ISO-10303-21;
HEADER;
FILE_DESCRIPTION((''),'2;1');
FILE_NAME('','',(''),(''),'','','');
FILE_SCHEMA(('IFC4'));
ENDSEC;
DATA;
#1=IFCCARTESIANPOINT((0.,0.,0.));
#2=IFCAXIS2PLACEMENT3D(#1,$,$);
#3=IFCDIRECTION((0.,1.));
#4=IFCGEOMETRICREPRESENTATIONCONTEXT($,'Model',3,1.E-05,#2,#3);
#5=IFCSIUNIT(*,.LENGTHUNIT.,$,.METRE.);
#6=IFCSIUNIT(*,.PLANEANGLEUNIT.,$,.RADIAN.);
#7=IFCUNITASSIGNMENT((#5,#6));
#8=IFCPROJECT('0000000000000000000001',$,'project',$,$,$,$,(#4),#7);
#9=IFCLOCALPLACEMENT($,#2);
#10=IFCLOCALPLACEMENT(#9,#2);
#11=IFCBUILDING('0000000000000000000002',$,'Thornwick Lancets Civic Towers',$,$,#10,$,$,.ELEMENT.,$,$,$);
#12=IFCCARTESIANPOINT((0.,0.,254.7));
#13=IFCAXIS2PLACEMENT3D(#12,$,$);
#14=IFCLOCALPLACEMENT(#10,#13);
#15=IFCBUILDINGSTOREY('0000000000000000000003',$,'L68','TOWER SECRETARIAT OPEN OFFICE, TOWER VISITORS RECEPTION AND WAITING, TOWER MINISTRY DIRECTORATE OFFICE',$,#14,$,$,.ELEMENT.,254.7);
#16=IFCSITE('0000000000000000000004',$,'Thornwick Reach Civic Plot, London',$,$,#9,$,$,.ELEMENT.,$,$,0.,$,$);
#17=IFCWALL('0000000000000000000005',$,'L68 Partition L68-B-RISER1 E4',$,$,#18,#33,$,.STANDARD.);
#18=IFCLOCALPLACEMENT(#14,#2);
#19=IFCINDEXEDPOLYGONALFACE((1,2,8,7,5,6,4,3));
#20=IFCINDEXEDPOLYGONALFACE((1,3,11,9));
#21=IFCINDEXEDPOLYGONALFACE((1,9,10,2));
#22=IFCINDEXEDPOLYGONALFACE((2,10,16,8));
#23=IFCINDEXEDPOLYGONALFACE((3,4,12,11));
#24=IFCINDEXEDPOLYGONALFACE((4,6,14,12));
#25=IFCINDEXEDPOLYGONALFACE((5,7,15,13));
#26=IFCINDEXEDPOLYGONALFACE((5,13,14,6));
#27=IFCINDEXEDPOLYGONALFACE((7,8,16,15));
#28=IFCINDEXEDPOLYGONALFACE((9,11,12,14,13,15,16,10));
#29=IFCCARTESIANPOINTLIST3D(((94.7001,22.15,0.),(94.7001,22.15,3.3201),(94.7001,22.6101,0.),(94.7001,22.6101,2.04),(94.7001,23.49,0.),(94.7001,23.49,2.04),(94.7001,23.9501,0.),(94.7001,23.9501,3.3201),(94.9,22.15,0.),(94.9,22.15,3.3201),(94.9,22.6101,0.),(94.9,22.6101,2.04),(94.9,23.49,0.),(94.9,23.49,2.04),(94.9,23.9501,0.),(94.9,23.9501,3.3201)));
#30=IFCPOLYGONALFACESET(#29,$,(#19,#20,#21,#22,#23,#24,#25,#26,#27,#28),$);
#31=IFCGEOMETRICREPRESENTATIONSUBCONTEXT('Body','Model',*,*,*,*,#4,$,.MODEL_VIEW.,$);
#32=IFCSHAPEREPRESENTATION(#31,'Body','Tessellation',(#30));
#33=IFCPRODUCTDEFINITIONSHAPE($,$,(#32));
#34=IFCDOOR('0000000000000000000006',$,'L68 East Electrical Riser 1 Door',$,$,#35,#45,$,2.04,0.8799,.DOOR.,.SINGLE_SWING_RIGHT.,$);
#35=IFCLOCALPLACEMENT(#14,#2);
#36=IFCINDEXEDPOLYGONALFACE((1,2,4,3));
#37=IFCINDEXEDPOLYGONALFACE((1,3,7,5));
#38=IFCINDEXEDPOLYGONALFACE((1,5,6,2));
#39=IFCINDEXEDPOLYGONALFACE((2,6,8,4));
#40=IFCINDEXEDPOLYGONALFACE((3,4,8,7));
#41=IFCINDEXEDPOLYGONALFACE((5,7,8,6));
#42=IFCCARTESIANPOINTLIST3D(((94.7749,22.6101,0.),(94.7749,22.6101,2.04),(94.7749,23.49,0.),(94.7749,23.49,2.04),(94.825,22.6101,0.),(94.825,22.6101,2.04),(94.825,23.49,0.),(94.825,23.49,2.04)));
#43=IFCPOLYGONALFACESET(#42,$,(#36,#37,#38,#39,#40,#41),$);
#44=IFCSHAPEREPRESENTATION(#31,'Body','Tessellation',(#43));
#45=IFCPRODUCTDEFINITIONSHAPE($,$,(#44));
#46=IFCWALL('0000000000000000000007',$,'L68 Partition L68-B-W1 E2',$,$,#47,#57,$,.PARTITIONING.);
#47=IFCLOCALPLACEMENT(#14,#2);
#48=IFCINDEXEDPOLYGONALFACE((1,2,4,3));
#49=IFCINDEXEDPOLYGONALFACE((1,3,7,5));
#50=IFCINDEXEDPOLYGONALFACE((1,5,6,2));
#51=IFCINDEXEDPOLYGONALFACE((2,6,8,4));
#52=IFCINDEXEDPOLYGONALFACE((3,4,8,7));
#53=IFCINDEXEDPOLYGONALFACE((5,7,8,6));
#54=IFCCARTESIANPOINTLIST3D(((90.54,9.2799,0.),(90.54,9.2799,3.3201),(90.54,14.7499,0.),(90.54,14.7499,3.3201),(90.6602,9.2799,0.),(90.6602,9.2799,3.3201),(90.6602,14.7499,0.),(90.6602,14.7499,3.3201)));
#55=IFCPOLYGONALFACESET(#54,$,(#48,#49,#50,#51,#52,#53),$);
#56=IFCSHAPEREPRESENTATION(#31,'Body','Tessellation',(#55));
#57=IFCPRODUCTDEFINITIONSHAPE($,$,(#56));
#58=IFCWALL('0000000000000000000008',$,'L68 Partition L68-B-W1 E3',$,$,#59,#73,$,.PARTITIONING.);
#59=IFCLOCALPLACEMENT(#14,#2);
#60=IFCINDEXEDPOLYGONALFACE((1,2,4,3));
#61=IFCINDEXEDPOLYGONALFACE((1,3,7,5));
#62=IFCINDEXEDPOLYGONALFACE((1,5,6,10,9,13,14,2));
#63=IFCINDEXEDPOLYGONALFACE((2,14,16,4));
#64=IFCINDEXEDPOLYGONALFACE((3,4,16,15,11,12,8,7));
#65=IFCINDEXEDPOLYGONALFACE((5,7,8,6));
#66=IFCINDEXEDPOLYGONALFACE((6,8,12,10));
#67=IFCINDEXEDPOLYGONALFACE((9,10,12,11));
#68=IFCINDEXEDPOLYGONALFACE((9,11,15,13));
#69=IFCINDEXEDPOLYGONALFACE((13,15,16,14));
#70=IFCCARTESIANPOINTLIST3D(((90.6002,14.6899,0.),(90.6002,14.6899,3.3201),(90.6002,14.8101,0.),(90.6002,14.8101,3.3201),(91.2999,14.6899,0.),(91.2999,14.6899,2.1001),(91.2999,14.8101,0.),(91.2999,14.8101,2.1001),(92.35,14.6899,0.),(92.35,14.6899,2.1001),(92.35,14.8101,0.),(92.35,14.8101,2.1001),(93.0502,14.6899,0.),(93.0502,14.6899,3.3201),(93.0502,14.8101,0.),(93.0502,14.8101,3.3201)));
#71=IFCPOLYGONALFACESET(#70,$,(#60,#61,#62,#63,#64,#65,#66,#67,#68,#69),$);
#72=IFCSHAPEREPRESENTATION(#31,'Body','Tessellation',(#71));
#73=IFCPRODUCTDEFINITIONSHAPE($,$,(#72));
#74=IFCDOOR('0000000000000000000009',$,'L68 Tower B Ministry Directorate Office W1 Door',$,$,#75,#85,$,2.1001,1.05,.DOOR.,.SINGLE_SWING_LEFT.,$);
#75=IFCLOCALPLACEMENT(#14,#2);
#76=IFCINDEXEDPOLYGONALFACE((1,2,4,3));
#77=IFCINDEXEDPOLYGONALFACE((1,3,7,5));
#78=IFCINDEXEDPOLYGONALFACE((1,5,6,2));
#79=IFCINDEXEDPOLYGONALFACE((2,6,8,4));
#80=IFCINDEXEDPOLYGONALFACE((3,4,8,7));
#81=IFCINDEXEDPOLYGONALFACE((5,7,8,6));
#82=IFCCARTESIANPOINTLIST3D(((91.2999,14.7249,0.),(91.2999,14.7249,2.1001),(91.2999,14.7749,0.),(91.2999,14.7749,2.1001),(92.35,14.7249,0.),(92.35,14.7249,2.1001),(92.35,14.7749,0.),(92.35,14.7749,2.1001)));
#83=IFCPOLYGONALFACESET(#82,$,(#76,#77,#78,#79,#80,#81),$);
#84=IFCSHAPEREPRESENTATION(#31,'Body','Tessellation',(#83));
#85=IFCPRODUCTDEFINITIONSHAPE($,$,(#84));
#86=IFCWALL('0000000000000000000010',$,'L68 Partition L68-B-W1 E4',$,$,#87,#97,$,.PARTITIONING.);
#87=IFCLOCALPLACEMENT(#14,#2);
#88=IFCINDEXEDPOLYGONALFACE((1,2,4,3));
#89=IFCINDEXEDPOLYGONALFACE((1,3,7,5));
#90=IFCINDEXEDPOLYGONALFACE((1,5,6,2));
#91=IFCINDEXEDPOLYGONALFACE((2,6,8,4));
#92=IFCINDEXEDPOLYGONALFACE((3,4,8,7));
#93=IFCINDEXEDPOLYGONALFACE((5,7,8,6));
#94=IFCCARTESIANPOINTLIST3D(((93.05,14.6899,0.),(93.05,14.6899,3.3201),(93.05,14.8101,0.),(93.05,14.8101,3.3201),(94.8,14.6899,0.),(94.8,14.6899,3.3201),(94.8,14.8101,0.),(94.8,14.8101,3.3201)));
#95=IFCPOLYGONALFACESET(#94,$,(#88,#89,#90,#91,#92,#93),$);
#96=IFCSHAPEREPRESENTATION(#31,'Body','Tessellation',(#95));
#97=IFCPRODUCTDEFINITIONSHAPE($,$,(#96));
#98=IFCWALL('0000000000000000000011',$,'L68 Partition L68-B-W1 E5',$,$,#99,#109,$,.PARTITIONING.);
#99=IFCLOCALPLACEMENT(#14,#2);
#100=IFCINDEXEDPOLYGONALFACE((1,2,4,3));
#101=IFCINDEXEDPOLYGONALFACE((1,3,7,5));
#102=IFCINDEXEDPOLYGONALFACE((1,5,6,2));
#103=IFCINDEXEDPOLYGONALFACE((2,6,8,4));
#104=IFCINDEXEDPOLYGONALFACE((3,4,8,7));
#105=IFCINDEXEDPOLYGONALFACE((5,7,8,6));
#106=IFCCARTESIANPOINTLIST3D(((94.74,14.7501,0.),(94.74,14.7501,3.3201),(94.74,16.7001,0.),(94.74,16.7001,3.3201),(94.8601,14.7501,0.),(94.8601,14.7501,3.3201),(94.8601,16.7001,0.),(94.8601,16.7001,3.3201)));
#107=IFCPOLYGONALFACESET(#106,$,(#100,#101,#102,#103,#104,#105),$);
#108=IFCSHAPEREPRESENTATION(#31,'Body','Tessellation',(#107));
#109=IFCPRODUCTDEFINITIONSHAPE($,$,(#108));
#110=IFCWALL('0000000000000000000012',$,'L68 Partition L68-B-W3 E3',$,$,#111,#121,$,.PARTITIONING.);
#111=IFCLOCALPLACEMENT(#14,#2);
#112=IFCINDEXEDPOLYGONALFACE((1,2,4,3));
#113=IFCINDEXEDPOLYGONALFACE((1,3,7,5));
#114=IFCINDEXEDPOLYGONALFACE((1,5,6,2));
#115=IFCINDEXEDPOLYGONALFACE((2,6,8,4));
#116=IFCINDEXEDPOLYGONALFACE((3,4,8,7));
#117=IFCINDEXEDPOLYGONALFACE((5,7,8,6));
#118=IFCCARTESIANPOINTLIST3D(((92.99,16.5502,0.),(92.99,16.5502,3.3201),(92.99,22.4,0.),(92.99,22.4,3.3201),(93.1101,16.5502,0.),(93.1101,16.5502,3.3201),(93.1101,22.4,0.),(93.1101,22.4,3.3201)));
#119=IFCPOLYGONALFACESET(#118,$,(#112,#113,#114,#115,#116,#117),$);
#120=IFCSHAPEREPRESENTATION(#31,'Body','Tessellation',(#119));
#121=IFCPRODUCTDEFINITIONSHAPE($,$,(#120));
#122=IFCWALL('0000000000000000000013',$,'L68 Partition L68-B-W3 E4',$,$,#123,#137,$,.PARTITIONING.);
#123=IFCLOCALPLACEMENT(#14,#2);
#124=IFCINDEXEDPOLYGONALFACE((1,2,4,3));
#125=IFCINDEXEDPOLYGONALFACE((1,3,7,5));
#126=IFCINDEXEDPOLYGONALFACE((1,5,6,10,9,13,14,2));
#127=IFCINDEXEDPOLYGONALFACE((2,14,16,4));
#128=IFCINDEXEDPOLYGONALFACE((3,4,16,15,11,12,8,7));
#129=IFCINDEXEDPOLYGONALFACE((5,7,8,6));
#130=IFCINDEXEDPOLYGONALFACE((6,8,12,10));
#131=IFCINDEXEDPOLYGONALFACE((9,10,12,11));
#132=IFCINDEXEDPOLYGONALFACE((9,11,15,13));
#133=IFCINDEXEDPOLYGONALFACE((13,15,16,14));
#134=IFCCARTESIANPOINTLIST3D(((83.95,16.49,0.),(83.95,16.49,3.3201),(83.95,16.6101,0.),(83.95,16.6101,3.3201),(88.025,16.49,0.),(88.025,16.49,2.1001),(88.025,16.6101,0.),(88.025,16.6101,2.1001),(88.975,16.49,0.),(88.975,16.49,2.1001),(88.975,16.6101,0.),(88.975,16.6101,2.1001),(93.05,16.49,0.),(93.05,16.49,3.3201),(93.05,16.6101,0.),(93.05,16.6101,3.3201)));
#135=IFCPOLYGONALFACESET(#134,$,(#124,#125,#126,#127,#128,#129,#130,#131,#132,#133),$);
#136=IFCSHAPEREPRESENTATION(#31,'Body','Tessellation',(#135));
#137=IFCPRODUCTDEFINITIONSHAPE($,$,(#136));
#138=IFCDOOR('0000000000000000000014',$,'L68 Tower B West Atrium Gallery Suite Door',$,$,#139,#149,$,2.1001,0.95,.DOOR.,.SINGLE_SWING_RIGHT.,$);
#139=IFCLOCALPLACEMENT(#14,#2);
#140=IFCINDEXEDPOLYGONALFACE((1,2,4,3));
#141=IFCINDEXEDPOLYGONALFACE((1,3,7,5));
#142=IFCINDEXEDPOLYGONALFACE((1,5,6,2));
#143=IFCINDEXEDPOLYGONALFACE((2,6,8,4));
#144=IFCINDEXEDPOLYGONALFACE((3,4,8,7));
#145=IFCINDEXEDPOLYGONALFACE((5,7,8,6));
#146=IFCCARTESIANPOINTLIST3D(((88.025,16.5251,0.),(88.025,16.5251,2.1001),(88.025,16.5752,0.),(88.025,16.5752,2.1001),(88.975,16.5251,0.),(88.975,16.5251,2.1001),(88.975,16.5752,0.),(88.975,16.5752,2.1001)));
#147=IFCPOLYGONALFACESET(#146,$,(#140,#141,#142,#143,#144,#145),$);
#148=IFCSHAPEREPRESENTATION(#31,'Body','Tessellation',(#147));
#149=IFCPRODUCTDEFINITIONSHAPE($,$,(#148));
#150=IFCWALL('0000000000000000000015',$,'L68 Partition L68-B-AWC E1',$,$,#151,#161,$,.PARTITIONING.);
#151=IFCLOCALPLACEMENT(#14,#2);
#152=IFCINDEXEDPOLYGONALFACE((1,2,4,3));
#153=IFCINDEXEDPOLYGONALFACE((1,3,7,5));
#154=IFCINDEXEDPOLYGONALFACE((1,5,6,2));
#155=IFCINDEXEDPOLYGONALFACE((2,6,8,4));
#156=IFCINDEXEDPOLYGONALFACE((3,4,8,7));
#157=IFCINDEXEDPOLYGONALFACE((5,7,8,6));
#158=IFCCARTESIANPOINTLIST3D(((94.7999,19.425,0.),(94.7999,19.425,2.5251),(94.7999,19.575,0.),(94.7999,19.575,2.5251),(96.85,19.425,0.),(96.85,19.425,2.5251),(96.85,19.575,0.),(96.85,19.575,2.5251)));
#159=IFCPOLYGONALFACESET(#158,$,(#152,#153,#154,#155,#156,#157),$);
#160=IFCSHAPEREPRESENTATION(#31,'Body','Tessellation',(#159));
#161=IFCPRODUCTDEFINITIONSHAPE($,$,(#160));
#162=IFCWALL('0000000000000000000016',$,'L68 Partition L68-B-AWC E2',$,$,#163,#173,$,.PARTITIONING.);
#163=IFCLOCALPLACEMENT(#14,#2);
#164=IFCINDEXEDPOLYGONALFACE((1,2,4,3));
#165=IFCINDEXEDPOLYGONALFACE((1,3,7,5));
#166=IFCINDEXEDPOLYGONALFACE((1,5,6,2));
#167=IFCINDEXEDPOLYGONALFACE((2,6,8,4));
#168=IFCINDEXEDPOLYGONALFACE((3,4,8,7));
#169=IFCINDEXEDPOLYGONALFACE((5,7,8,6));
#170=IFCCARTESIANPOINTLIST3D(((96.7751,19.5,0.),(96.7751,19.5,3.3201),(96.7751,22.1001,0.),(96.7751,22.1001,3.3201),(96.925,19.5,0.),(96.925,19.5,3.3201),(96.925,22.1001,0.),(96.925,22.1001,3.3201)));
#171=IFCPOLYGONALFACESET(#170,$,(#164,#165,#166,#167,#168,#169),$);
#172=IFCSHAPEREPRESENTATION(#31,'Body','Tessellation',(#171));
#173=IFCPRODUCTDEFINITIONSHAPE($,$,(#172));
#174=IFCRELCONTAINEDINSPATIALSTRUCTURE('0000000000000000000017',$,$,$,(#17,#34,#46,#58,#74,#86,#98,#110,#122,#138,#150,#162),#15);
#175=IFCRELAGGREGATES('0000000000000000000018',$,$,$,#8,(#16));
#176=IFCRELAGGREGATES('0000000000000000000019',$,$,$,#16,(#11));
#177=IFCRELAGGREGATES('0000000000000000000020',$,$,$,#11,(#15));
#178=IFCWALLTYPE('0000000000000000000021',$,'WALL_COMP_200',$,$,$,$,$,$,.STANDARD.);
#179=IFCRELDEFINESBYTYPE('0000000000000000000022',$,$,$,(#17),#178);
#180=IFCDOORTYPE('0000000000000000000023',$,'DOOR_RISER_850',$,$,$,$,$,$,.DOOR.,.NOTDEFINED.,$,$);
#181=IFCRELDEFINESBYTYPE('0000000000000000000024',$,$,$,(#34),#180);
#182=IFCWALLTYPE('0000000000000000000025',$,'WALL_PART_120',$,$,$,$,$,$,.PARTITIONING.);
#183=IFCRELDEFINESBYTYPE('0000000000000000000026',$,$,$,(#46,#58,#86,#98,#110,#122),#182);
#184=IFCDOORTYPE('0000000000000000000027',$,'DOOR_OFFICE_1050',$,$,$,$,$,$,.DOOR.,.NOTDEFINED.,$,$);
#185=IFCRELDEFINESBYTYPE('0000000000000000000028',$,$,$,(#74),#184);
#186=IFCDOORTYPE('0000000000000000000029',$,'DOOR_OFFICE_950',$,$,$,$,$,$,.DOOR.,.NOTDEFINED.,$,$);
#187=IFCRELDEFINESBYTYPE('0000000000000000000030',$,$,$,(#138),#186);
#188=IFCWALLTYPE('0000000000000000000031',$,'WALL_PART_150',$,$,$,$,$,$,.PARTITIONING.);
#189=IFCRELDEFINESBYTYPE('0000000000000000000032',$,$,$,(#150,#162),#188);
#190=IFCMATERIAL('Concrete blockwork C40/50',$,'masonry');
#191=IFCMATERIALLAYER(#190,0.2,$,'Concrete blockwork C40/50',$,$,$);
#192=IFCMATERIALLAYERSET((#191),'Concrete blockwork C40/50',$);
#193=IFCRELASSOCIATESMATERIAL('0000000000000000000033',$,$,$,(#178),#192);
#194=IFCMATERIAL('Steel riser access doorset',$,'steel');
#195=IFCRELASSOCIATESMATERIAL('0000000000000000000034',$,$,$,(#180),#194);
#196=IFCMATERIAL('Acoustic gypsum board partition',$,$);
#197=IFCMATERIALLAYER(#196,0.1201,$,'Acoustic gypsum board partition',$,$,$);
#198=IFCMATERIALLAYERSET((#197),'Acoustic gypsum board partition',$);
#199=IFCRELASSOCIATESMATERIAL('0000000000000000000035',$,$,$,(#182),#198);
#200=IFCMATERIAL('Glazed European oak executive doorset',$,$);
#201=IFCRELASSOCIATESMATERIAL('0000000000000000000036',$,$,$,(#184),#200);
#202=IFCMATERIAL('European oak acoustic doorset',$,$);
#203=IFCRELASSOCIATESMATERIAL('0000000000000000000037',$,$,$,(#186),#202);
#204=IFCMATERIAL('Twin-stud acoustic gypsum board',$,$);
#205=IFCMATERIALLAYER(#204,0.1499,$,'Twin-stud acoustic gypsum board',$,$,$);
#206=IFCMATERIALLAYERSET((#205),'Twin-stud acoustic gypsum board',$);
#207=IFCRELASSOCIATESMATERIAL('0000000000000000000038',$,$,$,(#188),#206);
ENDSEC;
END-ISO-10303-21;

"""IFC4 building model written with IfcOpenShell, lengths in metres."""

from ifc_helpers import new_model, si_unit, direction, frame, frame_2d, origin, place, context, subcontext, project, spatial, rectangle, extrude, material, layer, layer_set, type_object, element, fill, save


model = new_model("IFC4")

# Units and contexts
model_context = context("Model", 3, precision=1e-05, world=origin(), true_north=direction((0.0, 1.0)))
body_context = subcontext(model_context, "Body", "Model", "MODEL_VIEW")
ifc_project = project(units=[si_unit("LENGTHUNIT", "METRE"), si_unit("PLANEANGLEUNIT", "RADIAN")], contexts=[model_context])

# Site, building, storey
site_placement = place(None, origin())
site = spatial("IfcSite", under=ifc_project, at=site_placement, Name="Thornwick Reach Civic Plot, London", CompositionType="ELEMENT", RefElevation=0.0)
building_placement = place(site_placement, origin())
building = spatial("IfcBuilding", under=site, at=building_placement, Name="Thornwick Lancets Civic Towers", CompositionType="ELEMENT")
storey_placement = place(building_placement, frame((0.0, 0.0, 254.7)))
storey = spatial("IfcBuildingStorey", under=building, at=storey_placement, Name="L68", Description="TOWER SECRETARIAT OPEN OFFICE, TOWER VISITORS RECEPTION AND WAITING, TOWER MINISTRY DIRECTORATE OFFICE", CompositionType="ELEMENT", Elevation=254.7)

# Shared definitions
ifc_material_1 = material(Name="Concrete blockwork C40/50", Category="masonry")
ifc_layer_1 = layer(ifc_material_1, 0.2, Name="Concrete blockwork C40/50")
ifc_layer_set_1 = layer_set([ifc_layer_1], Name="Concrete blockwork C40/50")
wall_type_1 = type_object("IfcWallType", Name="WALL_COMP_200", PredefinedType="STANDARD", material=ifc_layer_set_1)

# Wall, opening, door
wall_1_placement = place(storey_placement, frame((94.8, 23.95, 0.0), z_axis=(0.0, 0.0, 1.0), x_axis=(0.0, -1.0, 0.0)))
wall_1 = element("IfcWall", 1, at=wall_1_placement, inside=storey, type_object=wall_type_1, Name="L68 Partition L68-B-RISER1 E4", PredefinedType="STANDARD", context=body_context, shape_type="SweptSolid", body=[
    extrude(rectangle(XDim=1.8, YDim=0.2, at=frame_2d((0.8999, 0.0))), origin(), (0.0, 0.0, 1.0), 3.3201),
])
opening_1_placement = place(wall_1_placement, frame((0.46, 0.0, 0.0)))
opening_1 = element("IfcOpeningElement", 2, at=opening_1_placement, cuts=wall_1, PredefinedType="OPENING", context=body_context, shape_type="SweptSolid", body=[
    extrude(rectangle(XDim=0.8799, YDim=2.04, at=frame_2d((0.4399, 1.02))), frame((0.0, 0.1099, 0.0), z_axis=(0.0, -1.0, 0.0), x_axis=(1.0, 0.0, 0.0)), (0.0, 0.0, 1.0), 0.22),
])
ifc_material_2 = material(Name="Steel riser access doorset", Category="steel")
door_type_1 = type_object("IfcDoorType", Name="DOOR_RISER_850", OperationType="NOTDEFINED", PredefinedType="DOOR", material=ifc_material_2)
door_1_placement = place(opening_1_placement, origin())
door_1 = element("IfcDoor", 3, at=door_1_placement, inside=storey, type_object=door_type_1, Name="L68 East Electrical Riser 1 Door", OperationType="SINGLE_SWING_RIGHT", OverallHeight=2.04, OverallWidth=0.8799, PredefinedType="DOOR", context=body_context, shape_type="SweptSolid", body=[
    extrude(rectangle(XDim=0.8799, YDim=2.04, at=frame_2d((0.4399, 1.02))), frame((0.0, 0.0249, 0.0), z_axis=(0.0, -1.0, 0.0), x_axis=(1.0, 0.0, 0.0)), (0.0, 0.0, 1.0), 0.05),
])
fill(opening_1, door_1)

# Wall
ifc_material_3 = material(Name="Acoustic gypsum board partition")
ifc_layer_2 = layer(ifc_material_3, 0.1201, Name="Acoustic gypsum board partition")
ifc_layer_set_2 = layer_set([ifc_layer_2], Name="Acoustic gypsum board partition")
wall_type_2 = type_object("IfcWallType", Name="WALL_PART_120", PredefinedType="PARTITIONING", material=ifc_layer_set_2)
wall_2_placement = place(storey_placement, frame((90.6001, 9.28, 0.0), z_axis=(0.0, 0.0, 1.0), x_axis=(0.0, 1.0, 0.0)))
element("IfcWall", 4, at=wall_2_placement, inside=storey, type_object=wall_type_2, Name="L68 Partition L68-B-W1 E2", PredefinedType="PARTITIONING", context=body_context, shape_type="SweptSolid", body=[
    extrude(rectangle(XDim=5.47, YDim=0.1201, at=frame_2d((2.7349, 0.0))), origin(), (0.0, 0.0, 1.0), 3.3201),
])

# Wall, opening, door
wall_3_placement = place(storey_placement, frame((90.6001, 14.75, 0.0), z_axis=(0.0, 0.0, 1.0), x_axis=(1.0, 0.0, 0.0)))
wall_3 = element("IfcWall", 5, at=wall_3_placement, inside=storey, type_object=wall_type_2, Name="L68 Partition L68-B-W1 E3", PredefinedType="PARTITIONING", context=body_context, shape_type="SweptSolid", body=[
    extrude(rectangle(XDim=2.45, YDim=0.1201, at=frame_2d((1.2251, 0.0))), origin(), (0.0, 0.0, 1.0), 3.3201),
])
opening_2_placement = place(wall_3_placement, frame((0.7, 0.0, 0.0)))
opening_2 = element("IfcOpeningElement", 6, at=opening_2_placement, cuts=wall_3, PredefinedType="OPENING", context=body_context, shape_type="SweptSolid", body=[
    extrude(rectangle(XDim=1.05, YDim=2.1001, at=frame_2d((0.5249, 1.05))), frame((0.0, 0.0701, 0.0), z_axis=(0.0, -1.0, 0.0), x_axis=(1.0, 0.0, 0.0)), (0.0, 0.0, 1.0), 0.1401),
])
ifc_material_4 = material(Name="Glazed European oak executive doorset")
door_type_2 = type_object("IfcDoorType", Name="DOOR_OFFICE_1050", OperationType="NOTDEFINED", PredefinedType="DOOR", material=ifc_material_4)
door_2_placement = place(opening_2_placement, origin())
door_2 = element("IfcDoor", 7, at=door_2_placement, inside=storey, type_object=door_type_2, Name="L68 Tower B Ministry Directorate Office W1 Door", OperationType="SINGLE_SWING_LEFT", OverallHeight=2.1001, OverallWidth=1.05, PredefinedType="DOOR", context=body_context, shape_type="SweptSolid", body=[
    extrude(rectangle(XDim=1.05, YDim=2.1001, at=frame_2d((0.5249, 1.05))), frame((0.0, 0.0249, 0.0), z_axis=(0.0, -1.0, 0.0), x_axis=(1.0, 0.0, 0.0)), (0.0, 0.0, 1.0), 0.05),
])
fill(opening_2, door_2)

# Walls
wall_4_placement = place(storey_placement, frame((93.05, 14.75, 0.0), z_axis=(0.0, 0.0, 1.0), x_axis=(1.0, 0.0, 0.0)))
element("IfcWall", 8, at=wall_4_placement, inside=storey, type_object=wall_type_2, Name="L68 Partition L68-B-W1 E4", PredefinedType="PARTITIONING", context=body_context, shape_type="SweptSolid", body=[
    extrude(rectangle(XDim=1.75, YDim=0.1201, at=frame_2d((0.875, 0.0))), origin(), (0.0, 0.0, 1.0), 3.3201),
])
wall_5_placement = place(storey_placement, frame((94.8, 14.75, 0.0), z_axis=(0.0, 0.0, 1.0), x_axis=(0.0, 1.0, 0.0)))
element("IfcWall", 9, at=wall_5_placement, inside=storey, type_object=wall_type_2, Name="L68 Partition L68-B-W1 E5", PredefinedType="PARTITIONING", context=body_context, shape_type="SweptSolid", body=[
    extrude(rectangle(XDim=1.95, YDim=0.1201, at=frame_2d((0.9751, 0.0))), origin(), (0.0, 0.0, 1.0), 3.3201),
])
wall_6_placement = place(storey_placement, frame((93.05, 22.3999, 0.0), z_axis=(0.0, 0.0, 1.0), x_axis=(0.0, -1.0, 0.0)))
element("IfcWall", 10, at=wall_6_placement, inside=storey, type_object=wall_type_2, Name="L68 Partition L68-B-W3 E3", PredefinedType="PARTITIONING", context=body_context, shape_type="SweptSolid", body=[
    extrude(rectangle(XDim=5.8499, YDim=0.1201, at=frame_2d((2.9248, 0.0))), origin(), (0.0, 0.0, 1.0), 3.3201),
])

# Wall, opening, door
wall_7_placement = place(storey_placement, frame((93.05, 16.55, 0.0), z_axis=(0.0, 0.0, 1.0), x_axis=(-1.0, 0.0, 0.0)))
wall_7 = element("IfcWall", 11, at=wall_7_placement, inside=storey, type_object=wall_type_2, Name="L68 Partition L68-B-W3 E4", PredefinedType="PARTITIONING", context=body_context, shape_type="SweptSolid", body=[
    extrude(rectangle(XDim=9.1001, YDim=0.1201, at=frame_2d((4.55, 0.0))), origin(), (0.0, 0.0, 1.0), 3.3201),
])
opening_3_placement = place(wall_7_placement, frame((4.075, 0.0, 0.0)))
opening_3 = element("IfcOpeningElement", 12, at=opening_3_placement, cuts=wall_7, PredefinedType="OPENING", context=body_context, shape_type="SweptSolid", body=[
    extrude(rectangle(XDim=0.95, YDim=2.1001, at=frame_2d((0.4751, 1.05))), frame((0.0, 0.0701, 0.0), z_axis=(0.0, -1.0, 0.0), x_axis=(1.0, 0.0, 0.0)), (0.0, 0.0, 1.0), 0.1401),
])
ifc_material_5 = material(Name="European oak acoustic doorset")
door_type_3 = type_object("IfcDoorType", Name="DOOR_OFFICE_950", OperationType="NOTDEFINED", PredefinedType="DOOR", material=ifc_material_5)
door_3_placement = place(opening_3_placement, origin())
door_3 = element("IfcDoor", 13, at=door_3_placement, inside=storey, type_object=door_type_3, Name="L68 Tower B West Atrium Gallery Suite Door", OperationType="SINGLE_SWING_RIGHT", OverallHeight=2.1001, OverallWidth=0.95, PredefinedType="DOOR", context=body_context, shape_type="SweptSolid", body=[
    extrude(rectangle(XDim=0.95, YDim=2.1001, at=frame_2d((0.4751, 1.05))), frame((0.0, 0.0249, 0.0), z_axis=(0.0, -1.0, 0.0), x_axis=(1.0, 0.0, 0.0)), (0.0, 0.0, 1.0), 0.05),
])
fill(opening_3, door_3)

# Walls
ifc_material_6 = material(Name="Twin-stud acoustic gypsum board")
ifc_layer_3 = layer(ifc_material_6, 0.1499, Name="Twin-stud acoustic gypsum board")
ifc_layer_set_3 = layer_set([ifc_layer_3], Name="Twin-stud acoustic gypsum board")
wall_type_3 = type_object("IfcWallType", Name="WALL_PART_150", PredefinedType="PARTITIONING", material=ifc_layer_set_3)
wall_8_placement = place(storey_placement, frame((94.8, 19.5, 0.0), z_axis=(0.0, 0.0, 1.0), x_axis=(1.0, 0.0, 0.0)))
element("IfcWall", 14, at=wall_8_placement, inside=storey, type_object=wall_type_3, Name="L68 Partition L68-B-AWC E1", PredefinedType="PARTITIONING", context=body_context, shape_type="SweptSolid", body=[
    extrude(rectangle(XDim=2.05, YDim=0.1499, at=frame_2d((1.0249, 0.0))), origin(), (0.0, 0.0, 1.0), 2.5251),
])
wall_9_placement = place(storey_placement, frame((96.8501, 19.5, 0.0), z_axis=(0.0, 0.0, 1.0), x_axis=(0.0, 1.0, 0.0)))
element("IfcWall", 15, at=wall_9_placement, inside=storey, type_object=wall_type_3, Name="L68 Partition L68-B-AWC E2", PredefinedType="PARTITIONING", context=body_context, shape_type="SweptSolid", body=[
    extrude(rectangle(XDim=2.6001, YDim=0.1499, at=frame_2d((1.3, 0.0))), origin(), (0.0, 0.0, 1.0), 3.3201),
])

save(model, "model.ifc")
